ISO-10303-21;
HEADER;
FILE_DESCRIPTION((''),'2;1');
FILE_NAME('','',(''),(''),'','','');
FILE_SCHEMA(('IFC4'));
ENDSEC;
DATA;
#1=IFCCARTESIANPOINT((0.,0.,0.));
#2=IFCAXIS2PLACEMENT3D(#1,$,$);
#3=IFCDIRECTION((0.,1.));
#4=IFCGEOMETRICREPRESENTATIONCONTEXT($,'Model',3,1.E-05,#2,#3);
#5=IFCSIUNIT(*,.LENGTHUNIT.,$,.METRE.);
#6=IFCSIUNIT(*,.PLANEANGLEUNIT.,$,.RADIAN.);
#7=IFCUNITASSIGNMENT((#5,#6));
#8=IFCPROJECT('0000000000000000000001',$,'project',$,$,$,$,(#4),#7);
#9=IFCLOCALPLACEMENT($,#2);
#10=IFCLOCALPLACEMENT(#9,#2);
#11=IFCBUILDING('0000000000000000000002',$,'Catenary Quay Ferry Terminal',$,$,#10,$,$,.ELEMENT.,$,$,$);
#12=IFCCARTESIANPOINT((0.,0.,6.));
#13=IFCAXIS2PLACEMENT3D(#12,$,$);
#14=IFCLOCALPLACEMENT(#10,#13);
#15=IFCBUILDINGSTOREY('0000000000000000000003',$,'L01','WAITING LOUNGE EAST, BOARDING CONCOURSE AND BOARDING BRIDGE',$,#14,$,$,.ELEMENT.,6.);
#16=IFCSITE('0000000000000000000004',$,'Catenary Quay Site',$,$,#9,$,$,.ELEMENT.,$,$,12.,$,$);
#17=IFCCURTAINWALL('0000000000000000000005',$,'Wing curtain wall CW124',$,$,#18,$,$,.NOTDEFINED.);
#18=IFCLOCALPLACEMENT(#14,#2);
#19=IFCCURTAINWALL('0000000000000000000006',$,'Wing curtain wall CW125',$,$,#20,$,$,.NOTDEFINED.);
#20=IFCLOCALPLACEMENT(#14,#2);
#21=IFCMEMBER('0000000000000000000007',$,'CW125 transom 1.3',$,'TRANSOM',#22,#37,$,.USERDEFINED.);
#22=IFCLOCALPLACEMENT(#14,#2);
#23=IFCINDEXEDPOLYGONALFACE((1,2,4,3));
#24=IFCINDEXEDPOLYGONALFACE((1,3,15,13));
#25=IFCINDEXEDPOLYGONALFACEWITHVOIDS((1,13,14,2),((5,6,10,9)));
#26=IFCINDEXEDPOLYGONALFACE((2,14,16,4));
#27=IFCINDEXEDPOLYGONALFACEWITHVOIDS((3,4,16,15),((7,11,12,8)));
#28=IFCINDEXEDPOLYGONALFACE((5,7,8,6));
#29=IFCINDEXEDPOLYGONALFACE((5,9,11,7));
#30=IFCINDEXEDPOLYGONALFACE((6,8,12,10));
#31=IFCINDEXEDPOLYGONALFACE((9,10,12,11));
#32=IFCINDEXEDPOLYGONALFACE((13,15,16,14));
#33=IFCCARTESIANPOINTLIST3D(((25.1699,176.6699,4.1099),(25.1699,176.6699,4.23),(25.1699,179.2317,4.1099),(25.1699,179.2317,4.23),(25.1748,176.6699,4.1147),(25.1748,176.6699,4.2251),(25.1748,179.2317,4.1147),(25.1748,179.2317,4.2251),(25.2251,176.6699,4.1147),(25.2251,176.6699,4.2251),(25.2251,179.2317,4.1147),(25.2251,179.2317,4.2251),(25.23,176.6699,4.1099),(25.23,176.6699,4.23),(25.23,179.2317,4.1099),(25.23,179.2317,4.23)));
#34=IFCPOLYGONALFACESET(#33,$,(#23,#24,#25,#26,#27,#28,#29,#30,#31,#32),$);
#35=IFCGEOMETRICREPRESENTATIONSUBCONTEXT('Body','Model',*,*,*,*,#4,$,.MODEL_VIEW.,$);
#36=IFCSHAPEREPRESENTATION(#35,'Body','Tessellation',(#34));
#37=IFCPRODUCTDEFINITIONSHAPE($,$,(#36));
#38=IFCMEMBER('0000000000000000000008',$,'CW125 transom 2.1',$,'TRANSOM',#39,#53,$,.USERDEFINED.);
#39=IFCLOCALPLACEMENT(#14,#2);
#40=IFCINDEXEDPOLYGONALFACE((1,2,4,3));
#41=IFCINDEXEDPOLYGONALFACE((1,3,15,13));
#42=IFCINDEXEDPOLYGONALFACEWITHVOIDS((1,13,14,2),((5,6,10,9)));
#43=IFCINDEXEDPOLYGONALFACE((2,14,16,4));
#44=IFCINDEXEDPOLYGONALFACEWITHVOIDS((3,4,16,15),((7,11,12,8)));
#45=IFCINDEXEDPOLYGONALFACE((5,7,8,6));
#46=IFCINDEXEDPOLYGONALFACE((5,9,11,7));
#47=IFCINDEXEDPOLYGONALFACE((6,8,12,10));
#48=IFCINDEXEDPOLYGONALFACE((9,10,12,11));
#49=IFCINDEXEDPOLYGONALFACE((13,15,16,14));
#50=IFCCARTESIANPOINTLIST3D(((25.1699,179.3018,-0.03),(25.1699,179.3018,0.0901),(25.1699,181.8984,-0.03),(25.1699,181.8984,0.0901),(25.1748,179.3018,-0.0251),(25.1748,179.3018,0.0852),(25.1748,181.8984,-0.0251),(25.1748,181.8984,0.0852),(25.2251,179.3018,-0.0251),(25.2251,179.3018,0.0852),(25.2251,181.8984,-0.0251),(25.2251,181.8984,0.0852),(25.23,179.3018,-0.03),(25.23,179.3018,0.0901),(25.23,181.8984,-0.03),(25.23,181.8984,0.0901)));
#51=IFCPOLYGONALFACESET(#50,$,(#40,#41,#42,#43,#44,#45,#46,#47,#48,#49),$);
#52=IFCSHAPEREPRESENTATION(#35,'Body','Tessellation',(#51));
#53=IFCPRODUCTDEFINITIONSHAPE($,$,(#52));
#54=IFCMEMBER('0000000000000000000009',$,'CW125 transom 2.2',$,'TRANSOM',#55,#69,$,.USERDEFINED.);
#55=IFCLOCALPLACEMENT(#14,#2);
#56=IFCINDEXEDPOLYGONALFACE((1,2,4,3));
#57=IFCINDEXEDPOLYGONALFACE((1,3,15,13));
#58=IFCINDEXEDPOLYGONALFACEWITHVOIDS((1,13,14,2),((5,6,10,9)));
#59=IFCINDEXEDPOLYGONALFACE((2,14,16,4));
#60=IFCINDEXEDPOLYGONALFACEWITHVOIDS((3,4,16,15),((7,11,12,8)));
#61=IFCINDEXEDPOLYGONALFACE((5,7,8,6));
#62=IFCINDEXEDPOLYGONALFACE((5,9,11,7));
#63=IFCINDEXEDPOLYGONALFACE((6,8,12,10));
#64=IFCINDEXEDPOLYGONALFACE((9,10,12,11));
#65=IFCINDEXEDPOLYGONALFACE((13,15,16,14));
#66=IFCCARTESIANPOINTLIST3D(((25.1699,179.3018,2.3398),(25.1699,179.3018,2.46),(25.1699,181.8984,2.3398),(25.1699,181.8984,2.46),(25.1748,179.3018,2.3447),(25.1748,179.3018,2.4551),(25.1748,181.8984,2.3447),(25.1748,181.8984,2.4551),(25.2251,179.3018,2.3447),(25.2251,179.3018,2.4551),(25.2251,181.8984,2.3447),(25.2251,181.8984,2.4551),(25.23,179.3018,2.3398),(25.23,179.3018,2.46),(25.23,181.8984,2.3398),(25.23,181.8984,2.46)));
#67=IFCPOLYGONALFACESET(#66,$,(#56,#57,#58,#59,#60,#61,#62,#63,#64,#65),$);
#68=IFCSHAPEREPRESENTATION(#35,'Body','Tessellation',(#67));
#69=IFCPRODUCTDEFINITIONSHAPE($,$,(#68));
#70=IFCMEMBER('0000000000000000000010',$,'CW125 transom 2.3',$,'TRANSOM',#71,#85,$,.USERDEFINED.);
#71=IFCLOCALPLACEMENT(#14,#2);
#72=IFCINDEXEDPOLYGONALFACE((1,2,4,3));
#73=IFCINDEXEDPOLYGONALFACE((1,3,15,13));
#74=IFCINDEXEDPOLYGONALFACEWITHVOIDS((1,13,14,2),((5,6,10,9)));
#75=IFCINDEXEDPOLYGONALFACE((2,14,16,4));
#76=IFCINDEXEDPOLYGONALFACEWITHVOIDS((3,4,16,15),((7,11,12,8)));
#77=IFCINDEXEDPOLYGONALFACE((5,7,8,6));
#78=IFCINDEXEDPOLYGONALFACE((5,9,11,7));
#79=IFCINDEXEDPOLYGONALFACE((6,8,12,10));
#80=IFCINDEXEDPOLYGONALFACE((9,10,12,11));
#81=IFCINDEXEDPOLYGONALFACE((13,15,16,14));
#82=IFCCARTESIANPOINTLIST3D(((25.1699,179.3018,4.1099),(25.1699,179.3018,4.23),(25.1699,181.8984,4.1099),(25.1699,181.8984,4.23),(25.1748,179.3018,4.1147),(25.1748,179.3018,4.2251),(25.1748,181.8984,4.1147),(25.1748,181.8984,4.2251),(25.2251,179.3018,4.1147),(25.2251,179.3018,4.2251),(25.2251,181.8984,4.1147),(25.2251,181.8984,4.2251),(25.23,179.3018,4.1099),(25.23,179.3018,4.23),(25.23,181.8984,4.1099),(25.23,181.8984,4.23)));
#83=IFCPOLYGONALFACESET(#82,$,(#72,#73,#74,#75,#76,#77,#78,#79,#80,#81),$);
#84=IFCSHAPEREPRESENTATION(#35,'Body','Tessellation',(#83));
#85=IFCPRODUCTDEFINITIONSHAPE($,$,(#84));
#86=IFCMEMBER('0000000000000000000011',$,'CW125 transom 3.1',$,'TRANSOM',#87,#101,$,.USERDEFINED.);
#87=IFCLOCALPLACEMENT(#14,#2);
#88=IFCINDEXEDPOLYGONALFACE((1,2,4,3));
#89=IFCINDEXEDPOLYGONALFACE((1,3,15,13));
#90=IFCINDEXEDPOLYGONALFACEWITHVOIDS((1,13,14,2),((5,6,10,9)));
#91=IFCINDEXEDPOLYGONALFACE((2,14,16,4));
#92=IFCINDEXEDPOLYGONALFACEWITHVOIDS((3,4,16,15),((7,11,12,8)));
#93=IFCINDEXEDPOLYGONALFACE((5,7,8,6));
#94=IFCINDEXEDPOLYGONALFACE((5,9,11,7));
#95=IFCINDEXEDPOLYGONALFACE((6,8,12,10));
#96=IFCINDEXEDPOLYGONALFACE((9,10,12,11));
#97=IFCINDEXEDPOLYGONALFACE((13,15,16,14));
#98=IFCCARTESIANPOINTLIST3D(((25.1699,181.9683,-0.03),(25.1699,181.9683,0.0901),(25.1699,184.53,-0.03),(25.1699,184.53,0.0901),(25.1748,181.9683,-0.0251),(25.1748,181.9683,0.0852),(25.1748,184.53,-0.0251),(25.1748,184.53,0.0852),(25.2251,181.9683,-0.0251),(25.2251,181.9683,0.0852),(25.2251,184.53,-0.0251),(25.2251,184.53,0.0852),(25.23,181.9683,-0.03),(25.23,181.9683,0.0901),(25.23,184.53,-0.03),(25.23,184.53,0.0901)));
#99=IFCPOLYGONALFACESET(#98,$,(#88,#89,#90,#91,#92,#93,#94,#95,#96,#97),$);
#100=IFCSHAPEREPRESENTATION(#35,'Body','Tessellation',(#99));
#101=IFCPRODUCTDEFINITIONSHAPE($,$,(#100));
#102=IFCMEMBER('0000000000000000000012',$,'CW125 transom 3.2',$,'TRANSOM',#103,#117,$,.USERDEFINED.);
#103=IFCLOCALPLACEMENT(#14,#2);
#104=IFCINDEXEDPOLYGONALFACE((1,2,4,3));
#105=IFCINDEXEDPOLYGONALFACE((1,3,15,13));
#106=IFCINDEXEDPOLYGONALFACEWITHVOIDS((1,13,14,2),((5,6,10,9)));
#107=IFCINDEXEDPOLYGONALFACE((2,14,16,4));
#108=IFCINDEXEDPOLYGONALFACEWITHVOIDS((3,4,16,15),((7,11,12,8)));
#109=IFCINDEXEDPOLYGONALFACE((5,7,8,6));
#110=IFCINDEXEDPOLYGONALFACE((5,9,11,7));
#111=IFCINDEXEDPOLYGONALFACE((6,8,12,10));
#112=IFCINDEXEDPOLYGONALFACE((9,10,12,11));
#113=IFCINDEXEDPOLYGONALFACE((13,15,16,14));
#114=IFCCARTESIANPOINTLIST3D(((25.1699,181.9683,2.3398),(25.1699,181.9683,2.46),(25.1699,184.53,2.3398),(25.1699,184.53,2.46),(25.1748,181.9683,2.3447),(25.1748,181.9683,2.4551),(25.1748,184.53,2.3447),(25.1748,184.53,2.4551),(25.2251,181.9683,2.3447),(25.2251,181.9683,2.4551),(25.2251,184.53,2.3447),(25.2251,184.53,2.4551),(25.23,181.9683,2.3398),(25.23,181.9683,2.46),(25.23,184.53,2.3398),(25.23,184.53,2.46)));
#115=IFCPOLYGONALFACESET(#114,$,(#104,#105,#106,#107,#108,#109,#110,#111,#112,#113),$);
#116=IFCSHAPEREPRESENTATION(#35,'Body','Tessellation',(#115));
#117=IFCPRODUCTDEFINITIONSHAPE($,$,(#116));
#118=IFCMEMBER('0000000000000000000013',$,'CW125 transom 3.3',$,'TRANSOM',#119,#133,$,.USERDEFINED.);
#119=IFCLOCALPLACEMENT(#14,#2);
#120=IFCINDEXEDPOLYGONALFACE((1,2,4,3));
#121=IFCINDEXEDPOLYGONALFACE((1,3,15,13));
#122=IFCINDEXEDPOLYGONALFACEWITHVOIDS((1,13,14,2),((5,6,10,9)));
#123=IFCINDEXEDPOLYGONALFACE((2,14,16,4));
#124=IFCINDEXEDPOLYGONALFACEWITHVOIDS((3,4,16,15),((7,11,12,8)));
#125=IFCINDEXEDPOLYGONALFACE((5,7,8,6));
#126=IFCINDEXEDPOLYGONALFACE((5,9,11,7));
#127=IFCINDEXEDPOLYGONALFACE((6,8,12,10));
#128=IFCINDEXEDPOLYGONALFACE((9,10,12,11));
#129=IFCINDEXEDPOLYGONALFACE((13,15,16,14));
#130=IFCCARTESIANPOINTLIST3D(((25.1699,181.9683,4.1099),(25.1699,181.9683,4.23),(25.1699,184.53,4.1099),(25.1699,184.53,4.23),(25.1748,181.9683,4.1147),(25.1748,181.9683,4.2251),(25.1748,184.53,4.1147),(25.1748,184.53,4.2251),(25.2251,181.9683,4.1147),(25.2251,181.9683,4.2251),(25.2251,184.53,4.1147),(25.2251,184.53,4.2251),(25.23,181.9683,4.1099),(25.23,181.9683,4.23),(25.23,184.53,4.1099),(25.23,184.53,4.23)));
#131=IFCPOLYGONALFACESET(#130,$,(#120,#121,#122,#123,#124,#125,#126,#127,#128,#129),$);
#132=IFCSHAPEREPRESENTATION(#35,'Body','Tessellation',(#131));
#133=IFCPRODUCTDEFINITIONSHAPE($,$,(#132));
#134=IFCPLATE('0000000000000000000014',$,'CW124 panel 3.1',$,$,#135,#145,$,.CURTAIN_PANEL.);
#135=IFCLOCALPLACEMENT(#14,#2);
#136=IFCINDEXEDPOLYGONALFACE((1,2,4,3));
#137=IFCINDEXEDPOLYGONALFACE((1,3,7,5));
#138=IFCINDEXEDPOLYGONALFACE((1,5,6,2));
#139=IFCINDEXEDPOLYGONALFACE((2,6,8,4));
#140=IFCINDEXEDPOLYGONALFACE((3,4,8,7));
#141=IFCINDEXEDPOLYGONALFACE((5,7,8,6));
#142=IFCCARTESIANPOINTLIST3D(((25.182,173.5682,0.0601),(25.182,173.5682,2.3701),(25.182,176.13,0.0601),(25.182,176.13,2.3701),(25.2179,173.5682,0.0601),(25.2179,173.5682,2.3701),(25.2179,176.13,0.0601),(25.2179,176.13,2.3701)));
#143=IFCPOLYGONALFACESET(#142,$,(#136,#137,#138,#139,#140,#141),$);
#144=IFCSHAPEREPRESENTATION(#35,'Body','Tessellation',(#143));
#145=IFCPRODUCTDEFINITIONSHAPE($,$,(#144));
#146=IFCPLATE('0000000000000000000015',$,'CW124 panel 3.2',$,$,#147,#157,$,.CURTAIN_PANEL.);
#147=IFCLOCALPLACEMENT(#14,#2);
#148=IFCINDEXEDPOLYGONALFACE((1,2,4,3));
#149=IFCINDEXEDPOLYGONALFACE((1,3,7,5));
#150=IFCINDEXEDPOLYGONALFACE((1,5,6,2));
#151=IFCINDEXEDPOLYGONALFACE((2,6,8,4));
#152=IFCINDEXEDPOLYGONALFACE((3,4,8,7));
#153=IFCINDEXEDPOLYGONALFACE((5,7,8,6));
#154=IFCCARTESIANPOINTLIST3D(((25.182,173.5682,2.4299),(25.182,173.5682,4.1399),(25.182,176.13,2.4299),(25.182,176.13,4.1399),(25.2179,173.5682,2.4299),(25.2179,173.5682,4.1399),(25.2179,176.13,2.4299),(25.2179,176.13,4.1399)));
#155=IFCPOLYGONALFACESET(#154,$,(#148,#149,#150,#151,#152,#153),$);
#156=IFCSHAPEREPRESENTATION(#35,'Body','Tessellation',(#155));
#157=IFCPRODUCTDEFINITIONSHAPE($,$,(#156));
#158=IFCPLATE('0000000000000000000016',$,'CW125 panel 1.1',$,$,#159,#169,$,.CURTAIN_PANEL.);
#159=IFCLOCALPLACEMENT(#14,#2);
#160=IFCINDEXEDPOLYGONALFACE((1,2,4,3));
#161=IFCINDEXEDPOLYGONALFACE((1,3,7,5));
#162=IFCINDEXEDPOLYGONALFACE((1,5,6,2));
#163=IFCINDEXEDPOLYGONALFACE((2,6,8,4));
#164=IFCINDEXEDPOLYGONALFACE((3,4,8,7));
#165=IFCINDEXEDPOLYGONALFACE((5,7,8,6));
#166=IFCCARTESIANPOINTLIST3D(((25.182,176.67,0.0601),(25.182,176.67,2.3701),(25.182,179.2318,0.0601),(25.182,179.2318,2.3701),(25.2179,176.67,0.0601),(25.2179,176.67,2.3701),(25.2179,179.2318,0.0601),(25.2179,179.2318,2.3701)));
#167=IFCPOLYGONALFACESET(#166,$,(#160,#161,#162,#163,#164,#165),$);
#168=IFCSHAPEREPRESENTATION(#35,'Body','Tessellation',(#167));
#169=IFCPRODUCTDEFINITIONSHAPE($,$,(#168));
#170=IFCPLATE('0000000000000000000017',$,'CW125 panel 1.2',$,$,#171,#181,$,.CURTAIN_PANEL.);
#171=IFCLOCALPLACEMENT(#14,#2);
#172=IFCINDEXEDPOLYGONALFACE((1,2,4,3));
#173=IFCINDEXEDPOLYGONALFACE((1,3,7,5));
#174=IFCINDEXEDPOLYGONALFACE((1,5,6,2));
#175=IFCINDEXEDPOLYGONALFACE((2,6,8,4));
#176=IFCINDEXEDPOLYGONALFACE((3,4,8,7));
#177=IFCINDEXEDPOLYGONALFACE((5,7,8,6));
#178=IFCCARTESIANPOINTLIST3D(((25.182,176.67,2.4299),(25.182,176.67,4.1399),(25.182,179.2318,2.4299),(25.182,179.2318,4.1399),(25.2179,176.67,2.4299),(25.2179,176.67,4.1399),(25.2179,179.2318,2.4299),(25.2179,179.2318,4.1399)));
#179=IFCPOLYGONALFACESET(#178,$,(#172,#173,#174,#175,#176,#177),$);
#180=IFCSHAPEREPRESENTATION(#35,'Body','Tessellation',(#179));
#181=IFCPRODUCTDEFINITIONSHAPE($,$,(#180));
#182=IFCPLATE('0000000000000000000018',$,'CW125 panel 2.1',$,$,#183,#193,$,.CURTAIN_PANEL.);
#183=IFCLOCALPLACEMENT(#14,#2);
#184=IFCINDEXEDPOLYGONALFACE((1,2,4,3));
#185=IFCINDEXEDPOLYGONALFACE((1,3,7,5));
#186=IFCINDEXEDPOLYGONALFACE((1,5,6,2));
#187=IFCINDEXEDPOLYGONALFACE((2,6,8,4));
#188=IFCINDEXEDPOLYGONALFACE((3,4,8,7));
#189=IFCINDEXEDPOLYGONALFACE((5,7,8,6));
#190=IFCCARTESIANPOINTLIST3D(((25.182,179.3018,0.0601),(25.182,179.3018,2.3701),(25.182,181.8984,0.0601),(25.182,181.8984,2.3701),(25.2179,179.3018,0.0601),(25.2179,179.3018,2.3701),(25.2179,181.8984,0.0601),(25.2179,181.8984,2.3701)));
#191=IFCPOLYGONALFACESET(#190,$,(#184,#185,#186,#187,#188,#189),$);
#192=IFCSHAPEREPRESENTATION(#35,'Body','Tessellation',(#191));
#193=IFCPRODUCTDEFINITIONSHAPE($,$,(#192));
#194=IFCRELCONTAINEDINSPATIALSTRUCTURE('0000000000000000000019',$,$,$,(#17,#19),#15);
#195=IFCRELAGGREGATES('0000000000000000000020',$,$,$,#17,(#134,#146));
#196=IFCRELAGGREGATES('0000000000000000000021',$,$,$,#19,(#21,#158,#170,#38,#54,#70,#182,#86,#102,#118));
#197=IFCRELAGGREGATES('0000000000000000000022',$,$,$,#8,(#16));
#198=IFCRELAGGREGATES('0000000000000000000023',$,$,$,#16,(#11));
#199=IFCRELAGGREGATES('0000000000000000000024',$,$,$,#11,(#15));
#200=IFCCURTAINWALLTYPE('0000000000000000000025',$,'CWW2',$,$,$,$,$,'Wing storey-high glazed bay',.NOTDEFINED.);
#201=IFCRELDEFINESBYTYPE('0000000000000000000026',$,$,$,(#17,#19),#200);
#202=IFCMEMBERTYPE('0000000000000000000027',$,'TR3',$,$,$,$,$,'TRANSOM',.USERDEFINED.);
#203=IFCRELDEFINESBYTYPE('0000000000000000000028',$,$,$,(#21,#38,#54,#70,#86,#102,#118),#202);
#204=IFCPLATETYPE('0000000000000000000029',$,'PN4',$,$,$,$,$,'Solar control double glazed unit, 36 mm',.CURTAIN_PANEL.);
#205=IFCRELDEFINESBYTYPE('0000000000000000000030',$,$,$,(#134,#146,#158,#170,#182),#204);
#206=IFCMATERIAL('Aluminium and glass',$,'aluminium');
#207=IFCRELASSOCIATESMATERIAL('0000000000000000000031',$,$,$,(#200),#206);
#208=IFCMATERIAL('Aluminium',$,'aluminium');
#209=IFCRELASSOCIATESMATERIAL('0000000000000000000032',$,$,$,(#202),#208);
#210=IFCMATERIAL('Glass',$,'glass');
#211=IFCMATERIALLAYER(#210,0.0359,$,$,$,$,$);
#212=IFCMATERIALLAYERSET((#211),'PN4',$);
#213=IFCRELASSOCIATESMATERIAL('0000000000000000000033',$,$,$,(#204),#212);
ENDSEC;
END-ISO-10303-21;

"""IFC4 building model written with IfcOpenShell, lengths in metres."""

from ifc_helpers import new_model, si_unit, direction, frame, origin, origin_2d, place, context, subcontext, project, spatial, rectangle, hollow_rectangle, extrude, material, layer, layer_set, material_profile, profile_set, type_object, element, aggregate, save


model = new_model("IFC4")

# Units and contexts
model_context = context("Model", 3, precision=1e-05, world=origin(), true_north=direction((0.0, 1.0)))
body_context = subcontext(model_context, "Body", "Model", "MODEL_VIEW")
ifc_project = project(units=[si_unit("LENGTHUNIT", "METRE"), si_unit("PLANEANGLEUNIT", "RADIAN")], contexts=[model_context])

# Site, building, storey
site_placement = place(None, origin())
site = spatial("IfcSite", under=ifc_project, at=site_placement, Name="Catenary Quay Site", CompositionType="ELEMENT", RefElevation=12.0)
building_placement = place(site_placement, origin())
building = spatial("IfcBuilding", under=site, at=building_placement, Name="Catenary Quay Ferry Terminal", CompositionType="ELEMENT")
storey_placement = place(building_placement, frame((0.0, 0.0, 6.0)))
storey = spatial("IfcBuildingStorey", under=building, at=storey_placement, Name="L01", Description="WAITING LOUNGE EAST, BOARDING CONCOURSE AND BOARDING BRIDGE", CompositionType="ELEMENT", Elevation=6.0)

# Curtain wall
ifc_material_1 = material(Name="Aluminium and glass", Category="aluminium")
curtain_wall_type = type_object("IfcCurtainWallType", Name="CWW2", ElementType="Wing storey-high glazed bay", PredefinedType="NOTDEFINED", material=ifc_material_1)
curtain_wall_1_placement = place(storey_placement, origin())
curtain_wall_1 = element("IfcCurtainWall", 1, at=curtain_wall_1_placement, inside=storey, type_object=curtain_wall_type, Name="Wing curtain wall CW124", PredefinedType="NOTDEFINED")

# Curtain wall
curtain_wall_2_placement = place(storey_placement, origin())
curtain_wall_2 = element("IfcCurtainWall", 2, at=curtain_wall_2_placement, inside=storey, type_object=curtain_wall_type, Name="Wing curtain wall CW125", PredefinedType="NOTDEFINED")

# Members
ifc_material_2 = material(Name="Aluminium", Category="aluminium")
ifc_material_profile_1 = material_profile(ifc_material_2, hollow_rectangle(XDim=0.0601, YDim=0.1201, WallThickness=0.0049, at=origin_2d()), Name="TR3")
ifc_profile_set_1 = profile_set([ifc_material_profile_1], Name="Aluminium")
member_type_1 = type_object("IfcMemberType", Name="TR3", ElementType="TRANSOM", PredefinedType="USERDEFINED", material=ifc_profile_set_1)
member_1_placement = place(storey_placement, frame((25.2, 176.6699, 4.1699), z_axis=(0.0, 1.0, 0.0), x_axis=(-1.0, 0.0, 0.0)))
member_1 = element("IfcMember", 3, at=member_1_placement, type_object=member_type_1, Name="CW125 transom 1.3", ObjectType="TRANSOM", PredefinedType="USERDEFINED", context=body_context, shape_type="SweptSolid", body=[
    extrude(hollow_rectangle(XDim=0.0601, YDim=0.1201, WallThickness=0.0049, at=origin_2d()), origin(), (0.0, 0.0, 1.0), 2.5618),
])
member_2_placement = place(storey_placement, frame((25.2, 179.3018, 0.03), z_axis=(0.0, 1.0, 0.0), x_axis=(-1.0, 0.0, 0.0)))
member_2 = element("IfcMember", 4, at=member_2_placement, type_object=member_type_1, Name="CW125 transom 2.1", ObjectType="TRANSOM", PredefinedType="USERDEFINED", context=body_context, shape_type="SweptSolid", body=[
    extrude(hollow_rectangle(XDim=0.0601, YDim=0.1201, WallThickness=0.0049, at=origin_2d()), origin(), (0.0, 0.0, 1.0), 2.5967),
])
member_3_placement = place(storey_placement, frame((25.2, 179.3018, 2.3999), z_axis=(0.0, 1.0, 0.0), x_axis=(-1.0, 0.0, 0.0)))
member_3 = element("IfcMember", 5, at=member_3_placement, type_object=member_type_1, Name="CW125 transom 2.2", ObjectType="TRANSOM", PredefinedType="USERDEFINED", context=body_context, shape_type="SweptSolid", body=[
    extrude(hollow_rectangle(XDim=0.0601, YDim=0.1201, WallThickness=0.0049, at=origin_2d()), origin(), (0.0, 0.0, 1.0), 2.5967),
])
member_4_placement = place(storey_placement, frame((25.2, 179.3018, 4.1699), z_axis=(0.0, 1.0, 0.0), x_axis=(-1.0, 0.0, 0.0)))
member_4 = element("IfcMember", 6, at=member_4_placement, type_object=member_type_1, Name="CW125 transom 2.3", ObjectType="TRANSOM", PredefinedType="USERDEFINED", context=body_context, shape_type="SweptSolid", body=[
    extrude(hollow_rectangle(XDim=0.0601, YDim=0.1201, WallThickness=0.0049, at=origin_2d()), origin(), (0.0, 0.0, 1.0), 2.5967),
])
member_5_placement = place(storey_placement, frame((25.2, 181.9683, 0.03), z_axis=(0.0, 1.0, 0.0), x_axis=(-1.0, 0.0, 0.0)))
member_5 = element("IfcMember", 7, at=member_5_placement, type_object=member_type_1, Name="CW125 transom 3.1", ObjectType="TRANSOM", PredefinedType="USERDEFINED", context=body_context, shape_type="SweptSolid", body=[
    extrude(hollow_rectangle(XDim=0.0601, YDim=0.1201, WallThickness=0.0049, at=origin_2d()), origin(), (0.0, 0.0, 1.0), 2.5618),
])
member_6_placement = place(storey_placement, frame((25.2, 181.9683, 2.3999), z_axis=(0.0, 1.0, 0.0), x_axis=(-1.0, 0.0, 0.0)))
member_6 = element("IfcMember", 8, at=member_6_placement, type_object=member_type_1, Name="CW125 transom 3.2", ObjectType="TRANSOM", PredefinedType="USERDEFINED", context=body_context, shape_type="SweptSolid", body=[
    extrude(hollow_rectangle(XDim=0.0601, YDim=0.1201, WallThickness=0.0049, at=origin_2d()), origin(), (0.0, 0.0, 1.0), 2.5618),
])
member_7_placement = place(storey_placement, frame((25.2, 181.9683, 4.1699), z_axis=(0.0, 1.0, 0.0), x_axis=(-1.0, 0.0, 0.0)))
member_7 = element("IfcMember", 9, at=member_7_placement, type_object=member_type_1, Name="CW125 transom 3.3", ObjectType="TRANSOM", PredefinedType="USERDEFINED", context=body_context, shape_type="SweptSolid", body=[
    extrude(hollow_rectangle(XDim=0.0601, YDim=0.1201, WallThickness=0.0049, at=origin_2d()), origin(), (0.0, 0.0, 1.0), 2.5618),
])

# Plates
ifc_material_3 = material(Name="Glass", Category="glass")
ifc_layer = layer(ifc_material_3, 0.0359)
ifc_layer_set = layer_set([ifc_layer], Name="PN4")
plate_type = type_object("IfcPlateType", Name="PN4", ElementType="Solar control double glazed unit, 36 mm", PredefinedType="CURTAIN_PANEL", material=ifc_layer_set)
plate_1_placement = place(storey_placement, frame((25.2, 174.8491, 0.0601), z_axis=(0.0, 0.0, 1.0), x_axis=(0.0, 1.0, 0.0)))
plate_1 = element("IfcPlate", 10, at=plate_1_placement, type_object=plate_type, Name="CW124 panel 3.1", PredefinedType="CURTAIN_PANEL", context=body_context, shape_type="SweptSolid", body=[
    extrude(rectangle(XDim=2.5618, YDim=0.0359, at=origin_2d()), origin(), (0.0, 0.0, 1.0), 2.3101),
])
plate_2_placement = place(storey_placement, frame((25.2, 174.8491, 2.4299), z_axis=(0.0, 0.0, 1.0), x_axis=(0.0, 1.0, 0.0)))
plate_2 = element("IfcPlate", 11, at=plate_2_placement, type_object=plate_type, Name="CW124 panel 3.2", PredefinedType="CURTAIN_PANEL", context=body_context, shape_type="SweptSolid", body=[
    extrude(rectangle(XDim=2.5618, YDim=0.0359, at=origin_2d()), origin(), (0.0, 0.0, 1.0), 1.71),
])
aggregate(curtain_wall_1, [plate_1, plate_2])
plate_3_placement = place(storey_placement, frame((25.2, 177.9509, 0.0601), z_axis=(0.0, 0.0, 1.0), x_axis=(0.0, 1.0, 0.0)))
plate_3 = element("IfcPlate", 12, at=plate_3_placement, type_object=plate_type, Name="CW125 panel 1.1", PredefinedType="CURTAIN_PANEL", context=body_context, shape_type="SweptSolid", body=[
    extrude(rectangle(XDim=2.5618, YDim=0.0359, at=origin_2d()), origin(), (0.0, 0.0, 1.0), 2.3101),
])
plate_4_placement = place(storey_placement, frame((25.2, 177.9509, 2.4299), z_axis=(0.0, 0.0, 1.0), x_axis=(0.0, 1.0, 0.0)))
plate_4 = element("IfcPlate", 13, at=plate_4_placement, type_object=plate_type, Name="CW125 panel 1.2", PredefinedType="CURTAIN_PANEL", context=body_context, shape_type="SweptSolid", body=[
    extrude(rectangle(XDim=2.5618, YDim=0.0359, at=origin_2d()), origin(), (0.0, 0.0, 1.0), 1.71),
])
plate_5_placement = place(storey_placement, frame((25.2, 180.6001, 0.0601), z_axis=(0.0, 0.0, 1.0), x_axis=(0.0, 1.0, 0.0)))
plate_5 = element("IfcPlate", 14, at=plate_5_placement, type_object=plate_type, Name="CW125 panel 2.1", PredefinedType="CURTAIN_PANEL", context=body_context, shape_type="SweptSolid", body=[
    extrude(rectangle(XDim=2.5967, YDim=0.0359, at=origin_2d()), origin(), (0.0, 0.0, 1.0), 2.3101),
])
aggregate(curtain_wall_2, [member_1, plate_3, plate_4, member_2, member_3, member_4, plate_5, member_5, member_6, member_7])

save(model, "model.ifc")
